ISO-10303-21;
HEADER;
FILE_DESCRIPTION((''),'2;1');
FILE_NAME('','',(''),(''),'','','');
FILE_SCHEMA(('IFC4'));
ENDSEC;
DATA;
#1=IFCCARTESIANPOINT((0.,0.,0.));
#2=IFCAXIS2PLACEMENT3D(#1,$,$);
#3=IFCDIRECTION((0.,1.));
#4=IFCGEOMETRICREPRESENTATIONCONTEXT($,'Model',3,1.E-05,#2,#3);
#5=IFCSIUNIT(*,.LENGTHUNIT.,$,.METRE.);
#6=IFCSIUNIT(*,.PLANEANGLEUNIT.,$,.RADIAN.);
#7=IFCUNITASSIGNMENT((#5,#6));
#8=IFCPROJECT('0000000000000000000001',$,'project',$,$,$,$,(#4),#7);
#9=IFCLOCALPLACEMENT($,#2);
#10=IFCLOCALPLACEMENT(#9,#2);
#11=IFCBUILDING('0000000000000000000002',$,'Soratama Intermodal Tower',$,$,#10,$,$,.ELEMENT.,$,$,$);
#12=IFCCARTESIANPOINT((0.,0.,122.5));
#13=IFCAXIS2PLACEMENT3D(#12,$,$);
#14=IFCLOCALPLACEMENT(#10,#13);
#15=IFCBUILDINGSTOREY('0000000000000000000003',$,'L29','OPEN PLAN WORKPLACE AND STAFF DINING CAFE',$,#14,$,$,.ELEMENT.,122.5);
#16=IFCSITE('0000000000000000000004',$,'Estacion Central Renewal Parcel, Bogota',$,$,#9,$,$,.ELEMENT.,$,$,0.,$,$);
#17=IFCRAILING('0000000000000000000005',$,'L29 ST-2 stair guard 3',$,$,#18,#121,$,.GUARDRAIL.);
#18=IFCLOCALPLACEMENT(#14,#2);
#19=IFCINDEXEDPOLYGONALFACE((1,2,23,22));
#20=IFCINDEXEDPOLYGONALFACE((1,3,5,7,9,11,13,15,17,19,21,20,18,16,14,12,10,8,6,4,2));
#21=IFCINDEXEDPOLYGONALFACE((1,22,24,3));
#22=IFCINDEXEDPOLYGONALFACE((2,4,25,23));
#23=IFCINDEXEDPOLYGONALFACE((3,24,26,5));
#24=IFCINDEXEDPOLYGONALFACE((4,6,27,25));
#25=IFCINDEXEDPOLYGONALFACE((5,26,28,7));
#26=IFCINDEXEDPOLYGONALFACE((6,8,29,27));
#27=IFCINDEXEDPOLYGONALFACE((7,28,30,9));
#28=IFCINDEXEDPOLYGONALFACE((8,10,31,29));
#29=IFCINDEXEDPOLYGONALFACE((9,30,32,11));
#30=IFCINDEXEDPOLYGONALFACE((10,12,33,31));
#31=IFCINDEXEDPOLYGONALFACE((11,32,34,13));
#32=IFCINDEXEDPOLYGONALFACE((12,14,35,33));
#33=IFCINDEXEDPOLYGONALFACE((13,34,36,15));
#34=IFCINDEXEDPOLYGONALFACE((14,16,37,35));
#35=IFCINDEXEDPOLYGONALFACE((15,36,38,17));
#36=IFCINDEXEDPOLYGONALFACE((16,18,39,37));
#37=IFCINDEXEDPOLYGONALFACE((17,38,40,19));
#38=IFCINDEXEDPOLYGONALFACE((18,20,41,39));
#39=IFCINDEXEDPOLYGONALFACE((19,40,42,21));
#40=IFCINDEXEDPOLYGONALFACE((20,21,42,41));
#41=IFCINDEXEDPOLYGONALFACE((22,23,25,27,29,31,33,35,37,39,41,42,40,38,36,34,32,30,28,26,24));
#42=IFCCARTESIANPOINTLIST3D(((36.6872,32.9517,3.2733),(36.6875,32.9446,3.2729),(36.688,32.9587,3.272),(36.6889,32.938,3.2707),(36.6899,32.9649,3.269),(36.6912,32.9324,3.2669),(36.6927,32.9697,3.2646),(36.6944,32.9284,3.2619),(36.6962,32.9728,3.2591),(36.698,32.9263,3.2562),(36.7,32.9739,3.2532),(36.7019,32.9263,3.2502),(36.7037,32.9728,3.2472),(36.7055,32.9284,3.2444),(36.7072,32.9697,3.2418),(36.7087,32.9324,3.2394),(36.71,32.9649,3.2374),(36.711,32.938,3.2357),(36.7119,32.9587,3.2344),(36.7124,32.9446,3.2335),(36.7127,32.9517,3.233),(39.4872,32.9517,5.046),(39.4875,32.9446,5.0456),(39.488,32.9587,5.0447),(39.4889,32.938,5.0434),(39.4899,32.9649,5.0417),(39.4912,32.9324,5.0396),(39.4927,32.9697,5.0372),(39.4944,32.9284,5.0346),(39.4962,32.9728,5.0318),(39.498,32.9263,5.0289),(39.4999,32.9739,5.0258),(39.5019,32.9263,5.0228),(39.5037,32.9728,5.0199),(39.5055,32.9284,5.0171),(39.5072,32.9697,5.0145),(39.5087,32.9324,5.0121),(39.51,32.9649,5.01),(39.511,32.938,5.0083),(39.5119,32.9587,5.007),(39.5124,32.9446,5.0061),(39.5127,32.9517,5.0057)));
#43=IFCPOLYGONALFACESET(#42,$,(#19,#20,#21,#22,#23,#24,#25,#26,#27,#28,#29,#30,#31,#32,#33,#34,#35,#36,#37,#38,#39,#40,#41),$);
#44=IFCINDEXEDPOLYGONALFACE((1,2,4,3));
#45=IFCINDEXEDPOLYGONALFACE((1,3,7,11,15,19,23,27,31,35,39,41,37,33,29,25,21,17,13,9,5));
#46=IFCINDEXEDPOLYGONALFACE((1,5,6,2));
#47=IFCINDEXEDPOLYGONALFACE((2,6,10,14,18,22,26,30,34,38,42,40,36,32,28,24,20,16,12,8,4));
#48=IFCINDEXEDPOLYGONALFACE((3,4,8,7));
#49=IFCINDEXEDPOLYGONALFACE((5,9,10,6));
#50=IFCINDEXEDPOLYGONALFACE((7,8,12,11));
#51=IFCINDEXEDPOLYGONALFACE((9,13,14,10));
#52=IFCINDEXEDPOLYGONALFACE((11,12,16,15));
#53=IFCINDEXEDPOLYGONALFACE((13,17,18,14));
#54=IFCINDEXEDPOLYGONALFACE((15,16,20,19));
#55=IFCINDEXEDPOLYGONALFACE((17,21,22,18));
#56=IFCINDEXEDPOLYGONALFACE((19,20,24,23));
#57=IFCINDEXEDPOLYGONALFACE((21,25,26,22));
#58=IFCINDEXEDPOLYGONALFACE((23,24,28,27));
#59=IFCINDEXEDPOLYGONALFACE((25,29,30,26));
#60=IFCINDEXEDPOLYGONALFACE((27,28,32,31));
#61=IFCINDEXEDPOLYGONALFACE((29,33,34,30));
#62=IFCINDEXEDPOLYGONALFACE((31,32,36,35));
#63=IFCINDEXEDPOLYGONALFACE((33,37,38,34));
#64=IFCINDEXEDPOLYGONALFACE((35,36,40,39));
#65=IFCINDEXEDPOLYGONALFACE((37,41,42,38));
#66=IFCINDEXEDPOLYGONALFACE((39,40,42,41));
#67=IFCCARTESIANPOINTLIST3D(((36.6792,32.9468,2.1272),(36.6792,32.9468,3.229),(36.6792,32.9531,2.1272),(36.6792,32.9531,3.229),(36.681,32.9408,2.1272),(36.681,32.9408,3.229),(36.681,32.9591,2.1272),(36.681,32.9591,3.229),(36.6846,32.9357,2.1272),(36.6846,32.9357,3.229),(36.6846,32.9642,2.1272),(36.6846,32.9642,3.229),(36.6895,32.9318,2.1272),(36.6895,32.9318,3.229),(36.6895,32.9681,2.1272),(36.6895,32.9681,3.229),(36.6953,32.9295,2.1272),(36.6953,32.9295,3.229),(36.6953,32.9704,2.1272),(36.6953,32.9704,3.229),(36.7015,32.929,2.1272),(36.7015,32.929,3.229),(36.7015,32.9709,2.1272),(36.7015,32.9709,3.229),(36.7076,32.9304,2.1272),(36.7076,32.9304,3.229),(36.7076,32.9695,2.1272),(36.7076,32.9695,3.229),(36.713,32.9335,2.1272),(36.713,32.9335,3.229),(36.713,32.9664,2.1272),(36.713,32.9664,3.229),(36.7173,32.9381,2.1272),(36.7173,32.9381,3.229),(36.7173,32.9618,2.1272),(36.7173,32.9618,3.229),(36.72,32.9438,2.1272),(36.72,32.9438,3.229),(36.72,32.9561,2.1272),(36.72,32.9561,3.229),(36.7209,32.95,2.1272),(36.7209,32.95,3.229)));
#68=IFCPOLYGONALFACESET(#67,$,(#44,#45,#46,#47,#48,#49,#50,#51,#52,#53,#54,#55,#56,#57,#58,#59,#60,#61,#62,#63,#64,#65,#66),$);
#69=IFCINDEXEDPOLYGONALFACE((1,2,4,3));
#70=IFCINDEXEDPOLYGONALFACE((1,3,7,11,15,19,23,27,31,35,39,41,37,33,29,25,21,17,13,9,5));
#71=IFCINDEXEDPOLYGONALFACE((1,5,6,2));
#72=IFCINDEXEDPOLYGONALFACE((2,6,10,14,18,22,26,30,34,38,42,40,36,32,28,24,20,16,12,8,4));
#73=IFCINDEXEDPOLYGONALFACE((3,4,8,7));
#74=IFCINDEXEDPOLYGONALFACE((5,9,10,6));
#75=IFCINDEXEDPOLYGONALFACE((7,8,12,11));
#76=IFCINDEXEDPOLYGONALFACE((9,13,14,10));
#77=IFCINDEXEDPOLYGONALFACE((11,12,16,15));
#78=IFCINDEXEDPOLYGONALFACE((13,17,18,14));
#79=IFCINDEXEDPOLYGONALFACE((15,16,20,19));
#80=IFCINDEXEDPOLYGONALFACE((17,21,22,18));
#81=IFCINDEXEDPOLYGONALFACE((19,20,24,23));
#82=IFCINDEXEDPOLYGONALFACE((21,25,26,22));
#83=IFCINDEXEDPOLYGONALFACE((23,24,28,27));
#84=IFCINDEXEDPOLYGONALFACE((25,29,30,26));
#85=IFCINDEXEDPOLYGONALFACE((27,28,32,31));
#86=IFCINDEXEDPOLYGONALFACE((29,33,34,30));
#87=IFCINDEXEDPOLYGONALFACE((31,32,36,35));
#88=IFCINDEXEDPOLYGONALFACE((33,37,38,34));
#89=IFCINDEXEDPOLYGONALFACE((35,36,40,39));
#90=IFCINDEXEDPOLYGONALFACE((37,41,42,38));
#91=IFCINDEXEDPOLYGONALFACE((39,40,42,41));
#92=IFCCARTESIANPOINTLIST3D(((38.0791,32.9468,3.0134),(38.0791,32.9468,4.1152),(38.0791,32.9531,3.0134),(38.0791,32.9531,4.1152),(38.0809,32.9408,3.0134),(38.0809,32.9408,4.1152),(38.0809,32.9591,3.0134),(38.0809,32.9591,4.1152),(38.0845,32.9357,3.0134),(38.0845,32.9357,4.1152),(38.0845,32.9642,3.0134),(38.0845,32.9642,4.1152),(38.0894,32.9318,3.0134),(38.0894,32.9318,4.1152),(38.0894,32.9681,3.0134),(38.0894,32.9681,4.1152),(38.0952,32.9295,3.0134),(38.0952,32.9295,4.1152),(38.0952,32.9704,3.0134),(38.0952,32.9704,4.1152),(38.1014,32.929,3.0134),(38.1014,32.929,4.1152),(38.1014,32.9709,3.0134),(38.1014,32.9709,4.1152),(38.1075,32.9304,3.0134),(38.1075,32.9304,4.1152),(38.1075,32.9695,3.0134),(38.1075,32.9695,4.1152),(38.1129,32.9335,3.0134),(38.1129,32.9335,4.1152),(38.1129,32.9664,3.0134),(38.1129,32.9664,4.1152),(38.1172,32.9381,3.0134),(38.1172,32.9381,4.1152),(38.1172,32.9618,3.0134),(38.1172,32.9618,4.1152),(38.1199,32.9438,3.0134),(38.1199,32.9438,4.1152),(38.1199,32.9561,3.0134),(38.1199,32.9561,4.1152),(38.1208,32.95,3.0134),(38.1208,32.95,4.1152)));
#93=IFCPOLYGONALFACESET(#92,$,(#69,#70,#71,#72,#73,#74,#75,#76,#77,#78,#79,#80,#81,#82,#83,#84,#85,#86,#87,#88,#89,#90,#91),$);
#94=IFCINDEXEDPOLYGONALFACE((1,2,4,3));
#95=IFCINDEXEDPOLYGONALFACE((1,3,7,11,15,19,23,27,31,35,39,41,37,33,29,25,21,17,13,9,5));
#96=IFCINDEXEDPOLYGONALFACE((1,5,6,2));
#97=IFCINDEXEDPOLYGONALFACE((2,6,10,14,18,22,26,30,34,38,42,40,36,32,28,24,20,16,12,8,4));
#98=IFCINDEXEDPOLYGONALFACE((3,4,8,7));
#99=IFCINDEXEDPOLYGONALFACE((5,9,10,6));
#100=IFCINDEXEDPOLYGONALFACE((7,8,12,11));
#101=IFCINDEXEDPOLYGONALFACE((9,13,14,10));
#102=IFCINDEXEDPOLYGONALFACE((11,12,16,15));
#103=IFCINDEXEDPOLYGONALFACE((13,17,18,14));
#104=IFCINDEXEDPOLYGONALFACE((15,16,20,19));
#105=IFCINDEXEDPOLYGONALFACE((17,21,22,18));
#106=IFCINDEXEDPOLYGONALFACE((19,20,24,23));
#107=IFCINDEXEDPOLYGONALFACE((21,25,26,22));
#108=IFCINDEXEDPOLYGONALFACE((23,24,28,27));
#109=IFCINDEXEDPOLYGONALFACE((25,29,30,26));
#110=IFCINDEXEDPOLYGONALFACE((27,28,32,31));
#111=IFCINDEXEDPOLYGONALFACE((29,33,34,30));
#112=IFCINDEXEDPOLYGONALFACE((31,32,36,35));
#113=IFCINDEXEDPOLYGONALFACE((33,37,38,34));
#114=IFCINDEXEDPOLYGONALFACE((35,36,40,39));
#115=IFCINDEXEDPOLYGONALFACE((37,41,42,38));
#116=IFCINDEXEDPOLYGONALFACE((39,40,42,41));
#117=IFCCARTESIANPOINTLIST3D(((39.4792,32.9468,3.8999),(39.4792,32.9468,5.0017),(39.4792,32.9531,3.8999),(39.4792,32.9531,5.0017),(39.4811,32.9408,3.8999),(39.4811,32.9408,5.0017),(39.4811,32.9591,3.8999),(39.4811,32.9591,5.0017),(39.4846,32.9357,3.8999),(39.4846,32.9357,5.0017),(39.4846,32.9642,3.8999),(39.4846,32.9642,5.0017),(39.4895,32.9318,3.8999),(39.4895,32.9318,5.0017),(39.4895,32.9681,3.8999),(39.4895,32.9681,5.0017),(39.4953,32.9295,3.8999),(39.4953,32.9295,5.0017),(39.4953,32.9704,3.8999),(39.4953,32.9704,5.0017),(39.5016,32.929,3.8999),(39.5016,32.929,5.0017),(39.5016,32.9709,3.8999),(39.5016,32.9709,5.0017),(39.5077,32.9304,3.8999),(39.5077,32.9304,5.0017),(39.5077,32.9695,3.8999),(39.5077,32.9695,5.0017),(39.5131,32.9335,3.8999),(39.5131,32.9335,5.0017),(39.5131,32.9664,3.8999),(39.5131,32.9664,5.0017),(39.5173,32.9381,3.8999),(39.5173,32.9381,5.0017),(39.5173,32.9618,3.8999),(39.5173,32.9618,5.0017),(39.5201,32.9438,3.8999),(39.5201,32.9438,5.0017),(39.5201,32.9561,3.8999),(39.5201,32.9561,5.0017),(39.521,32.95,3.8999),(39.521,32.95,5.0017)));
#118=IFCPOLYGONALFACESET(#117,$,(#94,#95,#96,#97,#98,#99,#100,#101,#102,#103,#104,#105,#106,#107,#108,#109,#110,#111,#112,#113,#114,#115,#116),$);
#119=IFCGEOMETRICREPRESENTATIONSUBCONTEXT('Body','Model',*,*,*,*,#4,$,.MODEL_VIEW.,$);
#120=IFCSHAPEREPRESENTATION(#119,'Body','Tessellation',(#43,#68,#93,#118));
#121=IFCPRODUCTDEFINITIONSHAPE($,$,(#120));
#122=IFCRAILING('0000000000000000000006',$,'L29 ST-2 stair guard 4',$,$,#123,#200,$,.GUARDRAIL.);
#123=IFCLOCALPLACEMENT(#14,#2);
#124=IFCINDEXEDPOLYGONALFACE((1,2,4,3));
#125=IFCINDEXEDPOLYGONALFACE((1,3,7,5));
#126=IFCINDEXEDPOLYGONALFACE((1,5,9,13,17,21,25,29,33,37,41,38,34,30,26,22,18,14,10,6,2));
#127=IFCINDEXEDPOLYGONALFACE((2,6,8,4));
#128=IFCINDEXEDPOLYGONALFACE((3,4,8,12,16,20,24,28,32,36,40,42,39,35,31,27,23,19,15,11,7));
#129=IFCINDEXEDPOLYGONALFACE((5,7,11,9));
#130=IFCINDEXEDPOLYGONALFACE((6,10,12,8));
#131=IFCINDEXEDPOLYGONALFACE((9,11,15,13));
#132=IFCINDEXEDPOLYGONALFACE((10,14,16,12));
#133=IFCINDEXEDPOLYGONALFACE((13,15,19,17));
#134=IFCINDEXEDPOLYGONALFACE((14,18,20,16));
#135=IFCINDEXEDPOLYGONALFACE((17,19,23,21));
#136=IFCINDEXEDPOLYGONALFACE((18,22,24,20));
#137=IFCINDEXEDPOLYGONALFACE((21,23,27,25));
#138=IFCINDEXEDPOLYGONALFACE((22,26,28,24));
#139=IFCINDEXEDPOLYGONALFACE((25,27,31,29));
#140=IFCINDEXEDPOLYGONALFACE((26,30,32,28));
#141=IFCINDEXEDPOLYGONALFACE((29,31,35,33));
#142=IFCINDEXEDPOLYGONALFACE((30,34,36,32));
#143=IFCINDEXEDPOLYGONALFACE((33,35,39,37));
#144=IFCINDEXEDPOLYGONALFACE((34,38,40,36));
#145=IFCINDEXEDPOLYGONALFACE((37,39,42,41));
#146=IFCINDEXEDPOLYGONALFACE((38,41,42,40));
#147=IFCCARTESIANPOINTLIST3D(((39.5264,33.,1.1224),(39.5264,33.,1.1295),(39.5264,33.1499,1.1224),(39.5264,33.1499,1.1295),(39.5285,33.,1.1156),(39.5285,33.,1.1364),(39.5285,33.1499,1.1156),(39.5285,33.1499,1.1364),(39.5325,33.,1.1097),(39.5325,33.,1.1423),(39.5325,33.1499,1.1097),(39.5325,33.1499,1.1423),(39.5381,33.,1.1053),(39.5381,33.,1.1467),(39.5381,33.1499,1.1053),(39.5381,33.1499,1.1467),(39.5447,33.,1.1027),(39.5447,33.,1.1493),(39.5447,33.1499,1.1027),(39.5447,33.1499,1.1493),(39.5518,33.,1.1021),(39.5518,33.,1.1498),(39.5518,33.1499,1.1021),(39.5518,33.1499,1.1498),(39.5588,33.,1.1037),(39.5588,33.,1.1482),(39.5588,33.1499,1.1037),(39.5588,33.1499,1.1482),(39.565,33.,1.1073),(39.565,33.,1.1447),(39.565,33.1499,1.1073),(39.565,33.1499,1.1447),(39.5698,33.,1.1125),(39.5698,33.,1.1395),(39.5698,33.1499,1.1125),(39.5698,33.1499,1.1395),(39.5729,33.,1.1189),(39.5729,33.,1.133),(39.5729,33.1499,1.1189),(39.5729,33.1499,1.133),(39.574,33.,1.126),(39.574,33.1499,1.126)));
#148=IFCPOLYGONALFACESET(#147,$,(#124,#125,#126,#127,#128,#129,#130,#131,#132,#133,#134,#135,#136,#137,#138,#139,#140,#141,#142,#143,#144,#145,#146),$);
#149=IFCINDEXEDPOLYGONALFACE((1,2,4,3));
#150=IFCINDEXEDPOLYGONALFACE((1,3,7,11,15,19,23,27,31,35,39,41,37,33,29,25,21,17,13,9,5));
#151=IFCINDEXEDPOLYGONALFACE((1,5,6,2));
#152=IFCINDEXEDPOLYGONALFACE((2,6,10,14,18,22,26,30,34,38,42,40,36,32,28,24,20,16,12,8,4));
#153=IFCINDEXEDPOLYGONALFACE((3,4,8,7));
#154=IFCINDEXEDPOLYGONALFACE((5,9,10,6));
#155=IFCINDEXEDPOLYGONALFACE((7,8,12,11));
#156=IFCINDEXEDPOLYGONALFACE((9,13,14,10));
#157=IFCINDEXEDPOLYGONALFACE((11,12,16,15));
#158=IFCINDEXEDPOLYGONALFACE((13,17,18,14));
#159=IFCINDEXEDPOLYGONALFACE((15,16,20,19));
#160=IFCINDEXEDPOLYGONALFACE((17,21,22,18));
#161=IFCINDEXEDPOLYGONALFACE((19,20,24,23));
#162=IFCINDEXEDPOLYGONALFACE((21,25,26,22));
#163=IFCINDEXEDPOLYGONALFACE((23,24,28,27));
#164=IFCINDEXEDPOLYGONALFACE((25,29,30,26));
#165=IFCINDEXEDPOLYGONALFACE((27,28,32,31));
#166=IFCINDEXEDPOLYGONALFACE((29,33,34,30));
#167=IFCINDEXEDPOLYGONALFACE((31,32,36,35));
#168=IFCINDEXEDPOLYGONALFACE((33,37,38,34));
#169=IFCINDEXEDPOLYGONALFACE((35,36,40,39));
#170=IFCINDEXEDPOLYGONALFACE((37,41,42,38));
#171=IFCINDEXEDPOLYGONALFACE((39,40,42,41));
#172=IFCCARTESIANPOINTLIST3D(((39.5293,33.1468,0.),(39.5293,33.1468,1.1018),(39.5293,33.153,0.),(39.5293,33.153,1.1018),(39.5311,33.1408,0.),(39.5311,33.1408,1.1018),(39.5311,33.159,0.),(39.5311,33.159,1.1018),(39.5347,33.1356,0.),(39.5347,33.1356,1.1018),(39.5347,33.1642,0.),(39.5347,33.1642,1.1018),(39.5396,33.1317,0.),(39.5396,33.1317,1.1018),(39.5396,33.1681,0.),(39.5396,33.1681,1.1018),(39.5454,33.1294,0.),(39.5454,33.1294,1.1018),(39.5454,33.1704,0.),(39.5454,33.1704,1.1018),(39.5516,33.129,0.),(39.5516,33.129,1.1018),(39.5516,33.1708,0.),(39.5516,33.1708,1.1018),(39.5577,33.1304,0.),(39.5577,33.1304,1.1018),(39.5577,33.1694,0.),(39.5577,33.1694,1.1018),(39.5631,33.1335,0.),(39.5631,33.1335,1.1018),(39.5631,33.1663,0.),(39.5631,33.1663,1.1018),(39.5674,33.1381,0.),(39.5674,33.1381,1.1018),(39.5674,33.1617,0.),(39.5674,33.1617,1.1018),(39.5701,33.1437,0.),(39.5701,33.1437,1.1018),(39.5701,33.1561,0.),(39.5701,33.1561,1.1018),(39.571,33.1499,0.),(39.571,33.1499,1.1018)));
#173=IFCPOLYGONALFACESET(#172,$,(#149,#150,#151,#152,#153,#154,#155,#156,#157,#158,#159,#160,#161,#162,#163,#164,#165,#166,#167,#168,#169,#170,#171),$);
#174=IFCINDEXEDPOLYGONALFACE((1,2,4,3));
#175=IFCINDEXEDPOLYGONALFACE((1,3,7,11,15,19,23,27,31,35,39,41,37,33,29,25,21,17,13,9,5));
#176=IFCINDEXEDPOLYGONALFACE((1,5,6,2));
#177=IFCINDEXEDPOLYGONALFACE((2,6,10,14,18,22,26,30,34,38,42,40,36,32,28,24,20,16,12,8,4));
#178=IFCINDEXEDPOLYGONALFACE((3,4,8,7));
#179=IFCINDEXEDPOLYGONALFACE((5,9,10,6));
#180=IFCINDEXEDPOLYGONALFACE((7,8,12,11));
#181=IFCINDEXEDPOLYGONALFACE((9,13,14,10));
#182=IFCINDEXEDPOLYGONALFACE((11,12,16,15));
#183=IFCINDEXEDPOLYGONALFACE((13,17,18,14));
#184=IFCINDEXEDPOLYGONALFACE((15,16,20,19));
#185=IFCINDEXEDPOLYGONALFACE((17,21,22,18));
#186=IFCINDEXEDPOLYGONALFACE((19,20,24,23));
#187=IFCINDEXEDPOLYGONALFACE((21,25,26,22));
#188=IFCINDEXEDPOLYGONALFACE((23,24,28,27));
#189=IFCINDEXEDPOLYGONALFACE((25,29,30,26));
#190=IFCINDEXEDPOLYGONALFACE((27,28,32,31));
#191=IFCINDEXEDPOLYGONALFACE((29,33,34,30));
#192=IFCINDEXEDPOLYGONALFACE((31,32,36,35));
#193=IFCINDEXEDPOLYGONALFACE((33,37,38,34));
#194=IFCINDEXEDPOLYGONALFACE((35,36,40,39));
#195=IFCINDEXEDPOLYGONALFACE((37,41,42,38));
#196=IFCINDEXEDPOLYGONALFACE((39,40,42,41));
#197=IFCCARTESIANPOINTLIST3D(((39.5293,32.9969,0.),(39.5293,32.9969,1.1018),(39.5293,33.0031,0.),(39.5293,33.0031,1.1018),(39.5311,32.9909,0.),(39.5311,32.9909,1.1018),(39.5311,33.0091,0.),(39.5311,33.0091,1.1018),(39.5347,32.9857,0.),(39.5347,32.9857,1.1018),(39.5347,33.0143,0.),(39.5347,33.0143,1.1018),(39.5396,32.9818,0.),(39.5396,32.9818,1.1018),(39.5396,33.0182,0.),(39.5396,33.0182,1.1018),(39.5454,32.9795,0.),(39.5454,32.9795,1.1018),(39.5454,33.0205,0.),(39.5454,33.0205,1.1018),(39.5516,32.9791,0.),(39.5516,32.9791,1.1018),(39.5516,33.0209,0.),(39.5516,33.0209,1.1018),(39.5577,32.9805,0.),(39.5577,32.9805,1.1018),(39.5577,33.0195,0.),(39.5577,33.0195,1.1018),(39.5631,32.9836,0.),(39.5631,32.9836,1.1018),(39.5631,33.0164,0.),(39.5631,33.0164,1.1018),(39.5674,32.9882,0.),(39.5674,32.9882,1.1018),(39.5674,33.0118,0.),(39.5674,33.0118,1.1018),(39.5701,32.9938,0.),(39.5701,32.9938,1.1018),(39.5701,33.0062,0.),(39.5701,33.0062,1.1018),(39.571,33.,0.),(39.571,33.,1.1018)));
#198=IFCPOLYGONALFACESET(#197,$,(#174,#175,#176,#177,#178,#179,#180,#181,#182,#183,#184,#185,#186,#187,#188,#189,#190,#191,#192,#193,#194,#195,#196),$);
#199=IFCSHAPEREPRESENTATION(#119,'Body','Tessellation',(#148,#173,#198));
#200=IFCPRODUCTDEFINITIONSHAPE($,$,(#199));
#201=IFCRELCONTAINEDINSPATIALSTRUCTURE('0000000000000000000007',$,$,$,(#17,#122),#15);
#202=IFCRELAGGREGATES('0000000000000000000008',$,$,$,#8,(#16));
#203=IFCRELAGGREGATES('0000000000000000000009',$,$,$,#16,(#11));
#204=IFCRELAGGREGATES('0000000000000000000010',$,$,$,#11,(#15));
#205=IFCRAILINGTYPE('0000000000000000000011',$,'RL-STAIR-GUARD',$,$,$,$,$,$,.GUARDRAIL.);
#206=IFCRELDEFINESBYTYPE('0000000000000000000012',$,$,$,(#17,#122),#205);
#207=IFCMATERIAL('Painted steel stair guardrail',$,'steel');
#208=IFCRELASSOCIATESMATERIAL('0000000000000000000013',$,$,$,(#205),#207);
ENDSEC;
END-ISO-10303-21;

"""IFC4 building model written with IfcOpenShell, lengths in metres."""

from ifc_helpers import new_model, si_unit, direction, frame, origin, origin_2d, place, context, subcontext, project, spatial, circle, extrude, material, type_object, element, save


model = new_model("IFC4")

# Units and contexts
model_context = context("Model", 3, precision=1e-05, world=origin(), true_north=direction((0.0, 1.0)))
body_context = subcontext(model_context, "Body", "Model", "MODEL_VIEW")
ifc_project = project(units=[si_unit("LENGTHUNIT", "METRE"), si_unit("PLANEANGLEUNIT", "RADIAN")], contexts=[model_context])

# Site, building, storey
site_placement = place(None, origin())
site = spatial("IfcSite", under=ifc_project, at=site_placement, Name="Estacion Central Renewal Parcel, Bogota", CompositionType="ELEMENT", RefElevation=0.0)
building_placement = place(site_placement, origin())
building = spatial("IfcBuilding", under=site, at=building_placement, Name="Soratama Intermodal Tower", CompositionType="ELEMENT")
storey_placement = place(building_placement, frame((0.0, 0.0, 122.5)))
storey = spatial("IfcBuildingStorey", under=building, at=storey_placement, Name="L29", Description="OPEN PLAN WORKPLACE AND STAFF DINING CAFE", CompositionType="ELEMENT", Elevation=122.5)

# Railings
ifc_material_1 = material(Name="Painted steel stair guardrail", Category="steel")
railing_type_1 = type_object("IfcRailingType", Name="RL-STAIR-GUARD", PredefinedType="GUARDRAIL", material=ifc_material_1)
railing_1_placement = place(storey_placement, frame((36.7, 32.95, 2.1272)))
element("IfcRailing", 1, at=railing_1_placement, inside=storey, type_object=railing_type_1, Name="L29 ST-2 stair guard 3", PredefinedType="GUARDRAIL", context=body_context, shape_type="SweptSolid", body=[
    extrude(circle(Radius=0.0239, at=origin_2d()), frame((0.0, 0.0, 1.126), z_axis=(0.844909, 0.0, 0.53491), x_axis=(0.0, 1.0, 0.0)), (0.0, 0.0, 1.0), 3.314),
    extrude(circle(Radius=0.021, at=origin_2d()), origin(), (0.0, 0.0, 1.0), 1.1018),
    extrude(circle(Radius=0.021, at=origin_2d()), frame((1.3999, 0.0, 0.8862)), (0.0, 0.0, 1.0), 1.1018),
    extrude(circle(Radius=0.021, at=origin_2d()), frame((2.8, 0.0, 1.7727)), (0.0, 0.0, 1.0), 1.1018),
])
railing_2_placement = place(storey_placement, frame((39.55, 33.1499, 0.0)))
element("IfcRailing", 2, at=railing_2_placement, inside=storey, type_object=railing_type_1, Name="L29 ST-2 stair guard 4", PredefinedType="GUARDRAIL", context=body_context, shape_type="SweptSolid", body=[
    extrude(circle(Radius=0.0239, at=origin_2d()), frame((0.0, 0.0, 1.126), z_axis=(0.0, -1.0, 0.0), x_axis=(1.0, 0.0, 0.0)), (0.0, 0.0, 1.0), 0.1499),
    extrude(circle(Radius=0.021, at=origin_2d()), origin(), (0.0, 0.0, 1.0), 1.1018),
    extrude(circle(Radius=0.021, at=origin_2d()), frame((0.0, -0.1499, 0.0)), (0.0, 0.0, 1.0), 1.1018),
])

save(model, "model.ifc")
